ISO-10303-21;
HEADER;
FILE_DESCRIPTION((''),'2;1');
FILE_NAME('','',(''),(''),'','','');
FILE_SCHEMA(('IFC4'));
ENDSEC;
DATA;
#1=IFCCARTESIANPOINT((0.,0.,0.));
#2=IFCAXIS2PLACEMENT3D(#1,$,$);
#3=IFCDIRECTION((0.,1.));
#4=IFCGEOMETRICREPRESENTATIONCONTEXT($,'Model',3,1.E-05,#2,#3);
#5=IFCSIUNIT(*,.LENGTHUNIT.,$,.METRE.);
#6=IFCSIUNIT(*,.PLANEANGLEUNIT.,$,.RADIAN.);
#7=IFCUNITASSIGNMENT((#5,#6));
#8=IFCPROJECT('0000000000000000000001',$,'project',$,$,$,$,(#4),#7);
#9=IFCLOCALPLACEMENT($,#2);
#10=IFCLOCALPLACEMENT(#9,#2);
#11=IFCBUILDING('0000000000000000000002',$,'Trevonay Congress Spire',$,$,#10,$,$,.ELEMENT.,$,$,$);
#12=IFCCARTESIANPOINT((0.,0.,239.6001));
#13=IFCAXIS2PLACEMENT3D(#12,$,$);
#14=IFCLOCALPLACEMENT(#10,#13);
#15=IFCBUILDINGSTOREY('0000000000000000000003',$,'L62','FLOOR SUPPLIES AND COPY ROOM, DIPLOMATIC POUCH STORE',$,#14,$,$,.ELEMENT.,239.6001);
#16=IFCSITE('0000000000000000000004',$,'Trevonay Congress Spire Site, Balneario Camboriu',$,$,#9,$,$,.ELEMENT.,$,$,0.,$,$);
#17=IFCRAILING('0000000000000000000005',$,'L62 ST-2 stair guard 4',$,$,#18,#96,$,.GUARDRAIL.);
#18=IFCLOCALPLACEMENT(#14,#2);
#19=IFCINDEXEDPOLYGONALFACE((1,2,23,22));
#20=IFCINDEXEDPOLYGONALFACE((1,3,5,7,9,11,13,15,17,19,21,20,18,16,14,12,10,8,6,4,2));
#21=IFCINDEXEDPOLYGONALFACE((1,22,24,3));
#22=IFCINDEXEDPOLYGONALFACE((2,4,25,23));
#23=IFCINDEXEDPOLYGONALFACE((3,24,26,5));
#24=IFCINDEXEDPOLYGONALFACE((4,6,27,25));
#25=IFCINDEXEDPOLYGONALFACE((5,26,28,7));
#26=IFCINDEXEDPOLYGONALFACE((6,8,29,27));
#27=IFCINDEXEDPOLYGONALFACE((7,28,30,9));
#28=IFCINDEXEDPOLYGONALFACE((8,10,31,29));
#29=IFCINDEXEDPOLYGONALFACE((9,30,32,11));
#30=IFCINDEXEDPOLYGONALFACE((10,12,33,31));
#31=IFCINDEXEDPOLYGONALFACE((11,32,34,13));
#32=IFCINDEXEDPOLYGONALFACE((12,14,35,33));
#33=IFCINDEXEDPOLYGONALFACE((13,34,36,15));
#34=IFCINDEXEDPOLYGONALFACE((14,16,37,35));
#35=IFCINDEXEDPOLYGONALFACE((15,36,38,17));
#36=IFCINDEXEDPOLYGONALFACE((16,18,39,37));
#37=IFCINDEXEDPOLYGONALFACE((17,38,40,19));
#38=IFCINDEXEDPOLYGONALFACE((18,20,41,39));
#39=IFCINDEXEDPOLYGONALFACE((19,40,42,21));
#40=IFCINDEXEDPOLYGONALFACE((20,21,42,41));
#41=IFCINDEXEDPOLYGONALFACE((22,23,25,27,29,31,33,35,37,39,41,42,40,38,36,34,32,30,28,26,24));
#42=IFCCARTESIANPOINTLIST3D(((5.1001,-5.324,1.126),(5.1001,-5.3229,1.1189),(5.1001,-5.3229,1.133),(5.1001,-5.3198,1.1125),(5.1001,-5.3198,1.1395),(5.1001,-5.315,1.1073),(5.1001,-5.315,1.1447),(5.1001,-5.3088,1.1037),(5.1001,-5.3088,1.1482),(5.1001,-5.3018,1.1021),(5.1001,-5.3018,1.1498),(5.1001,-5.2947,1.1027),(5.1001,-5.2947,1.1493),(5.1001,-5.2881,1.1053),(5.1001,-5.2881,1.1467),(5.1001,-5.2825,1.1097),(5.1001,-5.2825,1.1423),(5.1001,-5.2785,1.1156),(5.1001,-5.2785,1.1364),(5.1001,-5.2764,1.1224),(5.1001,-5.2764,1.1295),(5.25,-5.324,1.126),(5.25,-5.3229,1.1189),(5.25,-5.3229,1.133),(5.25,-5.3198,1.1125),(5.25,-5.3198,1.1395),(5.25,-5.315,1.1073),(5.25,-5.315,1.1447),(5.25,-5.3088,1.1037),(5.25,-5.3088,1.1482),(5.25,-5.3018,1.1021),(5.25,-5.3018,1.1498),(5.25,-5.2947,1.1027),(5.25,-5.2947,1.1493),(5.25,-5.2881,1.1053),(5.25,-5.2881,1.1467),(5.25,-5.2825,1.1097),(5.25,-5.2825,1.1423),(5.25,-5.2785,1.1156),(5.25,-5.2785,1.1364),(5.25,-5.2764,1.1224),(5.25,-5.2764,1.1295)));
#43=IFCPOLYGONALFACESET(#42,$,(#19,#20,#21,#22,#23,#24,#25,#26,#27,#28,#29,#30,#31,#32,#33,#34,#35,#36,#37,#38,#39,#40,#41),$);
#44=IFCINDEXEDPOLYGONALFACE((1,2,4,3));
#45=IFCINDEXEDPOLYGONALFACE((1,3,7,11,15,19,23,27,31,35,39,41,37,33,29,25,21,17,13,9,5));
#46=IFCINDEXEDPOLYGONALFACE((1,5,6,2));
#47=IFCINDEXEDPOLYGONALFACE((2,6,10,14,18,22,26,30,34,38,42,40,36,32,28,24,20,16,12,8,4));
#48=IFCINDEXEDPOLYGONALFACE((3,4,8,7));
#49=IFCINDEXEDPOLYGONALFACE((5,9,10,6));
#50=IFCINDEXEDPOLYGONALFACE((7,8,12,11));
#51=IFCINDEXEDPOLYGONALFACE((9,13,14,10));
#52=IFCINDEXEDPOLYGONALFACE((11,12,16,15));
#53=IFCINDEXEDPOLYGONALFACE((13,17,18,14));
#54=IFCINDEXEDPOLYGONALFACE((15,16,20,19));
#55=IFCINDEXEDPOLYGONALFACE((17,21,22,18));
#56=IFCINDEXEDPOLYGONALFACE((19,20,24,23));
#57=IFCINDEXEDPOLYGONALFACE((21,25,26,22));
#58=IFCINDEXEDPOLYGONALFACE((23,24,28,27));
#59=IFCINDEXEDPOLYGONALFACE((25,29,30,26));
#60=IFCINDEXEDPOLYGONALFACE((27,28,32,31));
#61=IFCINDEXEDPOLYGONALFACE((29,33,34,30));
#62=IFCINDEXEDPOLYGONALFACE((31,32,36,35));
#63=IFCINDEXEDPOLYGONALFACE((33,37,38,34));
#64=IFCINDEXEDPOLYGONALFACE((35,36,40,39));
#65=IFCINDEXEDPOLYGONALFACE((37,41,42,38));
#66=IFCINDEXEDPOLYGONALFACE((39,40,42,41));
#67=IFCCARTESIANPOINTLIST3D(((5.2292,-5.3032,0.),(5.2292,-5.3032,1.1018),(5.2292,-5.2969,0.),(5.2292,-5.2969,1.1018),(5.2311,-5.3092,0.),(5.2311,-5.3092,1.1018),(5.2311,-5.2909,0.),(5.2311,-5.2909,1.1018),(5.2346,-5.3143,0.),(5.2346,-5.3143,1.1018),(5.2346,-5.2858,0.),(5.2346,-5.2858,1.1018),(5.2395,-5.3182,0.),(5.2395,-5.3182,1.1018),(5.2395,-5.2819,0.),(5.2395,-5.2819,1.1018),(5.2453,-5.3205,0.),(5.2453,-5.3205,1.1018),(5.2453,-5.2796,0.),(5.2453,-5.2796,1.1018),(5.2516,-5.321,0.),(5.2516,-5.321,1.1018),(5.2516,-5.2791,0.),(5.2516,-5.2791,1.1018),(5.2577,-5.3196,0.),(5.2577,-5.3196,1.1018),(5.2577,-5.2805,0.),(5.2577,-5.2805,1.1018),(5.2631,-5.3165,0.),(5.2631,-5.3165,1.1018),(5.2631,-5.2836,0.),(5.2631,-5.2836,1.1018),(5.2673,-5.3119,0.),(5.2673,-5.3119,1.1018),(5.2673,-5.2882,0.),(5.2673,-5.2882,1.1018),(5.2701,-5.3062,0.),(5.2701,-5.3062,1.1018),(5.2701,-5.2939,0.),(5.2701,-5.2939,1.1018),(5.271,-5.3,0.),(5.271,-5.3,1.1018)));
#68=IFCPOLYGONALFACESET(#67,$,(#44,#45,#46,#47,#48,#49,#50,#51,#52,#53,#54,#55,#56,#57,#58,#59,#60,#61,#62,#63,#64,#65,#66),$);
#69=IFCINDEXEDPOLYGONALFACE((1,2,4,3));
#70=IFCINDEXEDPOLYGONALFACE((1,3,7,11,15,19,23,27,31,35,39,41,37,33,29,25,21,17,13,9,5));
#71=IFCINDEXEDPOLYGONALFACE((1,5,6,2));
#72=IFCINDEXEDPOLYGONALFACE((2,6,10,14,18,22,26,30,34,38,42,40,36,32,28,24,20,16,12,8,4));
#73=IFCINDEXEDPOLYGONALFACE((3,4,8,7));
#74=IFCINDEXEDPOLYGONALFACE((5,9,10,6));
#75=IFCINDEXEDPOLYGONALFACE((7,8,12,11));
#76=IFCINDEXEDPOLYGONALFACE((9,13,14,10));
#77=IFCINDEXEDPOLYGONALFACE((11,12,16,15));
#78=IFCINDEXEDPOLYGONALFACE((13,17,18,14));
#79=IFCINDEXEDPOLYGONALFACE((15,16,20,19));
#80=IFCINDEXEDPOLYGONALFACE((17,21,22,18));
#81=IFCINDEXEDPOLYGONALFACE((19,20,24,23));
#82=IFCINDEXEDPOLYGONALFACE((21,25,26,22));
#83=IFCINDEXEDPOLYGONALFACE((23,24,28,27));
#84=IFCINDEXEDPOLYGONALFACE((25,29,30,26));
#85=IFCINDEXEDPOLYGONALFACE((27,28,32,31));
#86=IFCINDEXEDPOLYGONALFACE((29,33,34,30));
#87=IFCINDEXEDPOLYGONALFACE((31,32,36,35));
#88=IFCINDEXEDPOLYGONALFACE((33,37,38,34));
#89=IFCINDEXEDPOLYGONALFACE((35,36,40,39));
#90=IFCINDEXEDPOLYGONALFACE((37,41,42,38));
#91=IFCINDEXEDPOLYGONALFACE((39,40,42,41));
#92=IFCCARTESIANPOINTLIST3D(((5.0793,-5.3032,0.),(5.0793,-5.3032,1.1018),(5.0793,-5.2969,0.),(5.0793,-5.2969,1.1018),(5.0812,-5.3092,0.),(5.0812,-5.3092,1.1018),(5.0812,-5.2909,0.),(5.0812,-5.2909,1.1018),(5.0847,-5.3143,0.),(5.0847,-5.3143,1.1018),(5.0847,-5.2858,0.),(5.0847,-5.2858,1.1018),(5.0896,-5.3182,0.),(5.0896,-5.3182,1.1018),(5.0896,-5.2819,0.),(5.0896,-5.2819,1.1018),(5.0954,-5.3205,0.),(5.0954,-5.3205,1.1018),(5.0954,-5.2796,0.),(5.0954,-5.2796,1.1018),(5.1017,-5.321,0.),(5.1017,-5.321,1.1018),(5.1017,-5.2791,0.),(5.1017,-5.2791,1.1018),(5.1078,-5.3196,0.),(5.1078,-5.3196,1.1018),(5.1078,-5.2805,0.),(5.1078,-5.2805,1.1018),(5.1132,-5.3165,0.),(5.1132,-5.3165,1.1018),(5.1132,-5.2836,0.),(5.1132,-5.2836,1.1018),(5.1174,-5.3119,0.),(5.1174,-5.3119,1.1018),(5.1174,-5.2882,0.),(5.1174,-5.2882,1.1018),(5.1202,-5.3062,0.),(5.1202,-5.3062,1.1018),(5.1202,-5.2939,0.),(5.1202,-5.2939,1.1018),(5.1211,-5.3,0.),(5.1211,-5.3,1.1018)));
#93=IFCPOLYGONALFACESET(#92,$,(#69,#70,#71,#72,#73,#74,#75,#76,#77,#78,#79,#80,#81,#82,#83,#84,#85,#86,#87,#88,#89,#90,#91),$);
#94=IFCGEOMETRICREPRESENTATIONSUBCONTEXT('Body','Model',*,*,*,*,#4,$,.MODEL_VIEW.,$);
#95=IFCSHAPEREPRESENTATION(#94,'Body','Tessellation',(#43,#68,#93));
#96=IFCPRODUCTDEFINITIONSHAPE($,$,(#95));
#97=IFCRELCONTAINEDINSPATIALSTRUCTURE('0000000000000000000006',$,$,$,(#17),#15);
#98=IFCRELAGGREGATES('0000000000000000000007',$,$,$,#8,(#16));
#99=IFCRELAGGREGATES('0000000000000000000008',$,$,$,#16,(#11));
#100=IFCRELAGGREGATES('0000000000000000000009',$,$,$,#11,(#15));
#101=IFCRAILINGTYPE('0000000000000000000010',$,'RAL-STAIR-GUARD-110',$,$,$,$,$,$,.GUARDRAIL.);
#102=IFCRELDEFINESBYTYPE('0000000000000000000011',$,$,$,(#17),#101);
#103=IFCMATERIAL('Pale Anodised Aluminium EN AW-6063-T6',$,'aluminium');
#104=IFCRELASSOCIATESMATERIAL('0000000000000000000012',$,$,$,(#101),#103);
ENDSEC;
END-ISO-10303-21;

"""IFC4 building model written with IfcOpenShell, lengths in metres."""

from ifc_helpers import new_model, si_unit, direction, frame, origin, origin_2d, place, context, subcontext, project, spatial, circle, extrude, material, type_object, element, save


model = new_model("IFC4")

# Units and contexts
model_context = context("Model", 3, precision=1e-05, world=origin(), true_north=direction((0.0, 1.0)))
body_context = subcontext(model_context, "Body", "Model", "MODEL_VIEW")
ifc_project = project(units=[si_unit("LENGTHUNIT", "METRE"), si_unit("PLANEANGLEUNIT", "RADIAN")], contexts=[model_context])

# Site, building, storey
site_placement = place(None, origin())
site = spatial("IfcSite", under=ifc_project, at=site_placement, Name="Trevonay Congress Spire Site, Balneario Camboriu", CompositionType="ELEMENT", RefElevation=0.0)
building_placement = place(site_placement, origin())
building = spatial("IfcBuilding", under=site, at=building_placement, Name="Trevonay Congress Spire", CompositionType="ELEMENT")
storey_placement = place(building_placement, frame((0.0, 0.0, 239.6001)))
storey = spatial("IfcBuildingStorey", under=building, at=storey_placement, Name="L62", Description="FLOOR SUPPLIES AND COPY ROOM, DIPLOMATIC POUCH STORE", CompositionType="ELEMENT", Elevation=239.6001)

# Shared definitions
ifc_material_1 = material(Name="Pale Anodised Aluminium EN AW-6063-T6", Category="aluminium")

# Railing
railing_type_1 = type_object("IfcRailingType", Name="RAL-STAIR-GUARD-110", PredefinedType="GUARDRAIL", material=ifc_material_1)
railing_1_placement = place(storey_placement, frame((5.25, -5.3, 0.0)))
element("IfcRailing", 1, at=railing_1_placement, inside=storey, type_object=railing_type_1, Name="L62 ST-2 stair guard 4", PredefinedType="GUARDRAIL", context=body_context, shape_type="SweptSolid", body=[
    extrude(circle(Radius=0.0239, at=origin_2d()), frame((0.0, 0.0, 1.126), z_axis=(-1.0, 0.0, 0.0), x_axis=(0.0, -1.0, 0.0)), (0.0, 0.0, 1.0), 0.1499),
    extrude(circle(Radius=0.021, at=origin_2d()), origin(), (0.0, 0.0, 1.0), 1.1018),
    extrude(circle(Radius=0.021, at=origin_2d()), frame((-0.1499, 0.0, 0.0)), (0.0, 0.0, 1.0), 1.1018),
])

save(model, "model.ifc")
